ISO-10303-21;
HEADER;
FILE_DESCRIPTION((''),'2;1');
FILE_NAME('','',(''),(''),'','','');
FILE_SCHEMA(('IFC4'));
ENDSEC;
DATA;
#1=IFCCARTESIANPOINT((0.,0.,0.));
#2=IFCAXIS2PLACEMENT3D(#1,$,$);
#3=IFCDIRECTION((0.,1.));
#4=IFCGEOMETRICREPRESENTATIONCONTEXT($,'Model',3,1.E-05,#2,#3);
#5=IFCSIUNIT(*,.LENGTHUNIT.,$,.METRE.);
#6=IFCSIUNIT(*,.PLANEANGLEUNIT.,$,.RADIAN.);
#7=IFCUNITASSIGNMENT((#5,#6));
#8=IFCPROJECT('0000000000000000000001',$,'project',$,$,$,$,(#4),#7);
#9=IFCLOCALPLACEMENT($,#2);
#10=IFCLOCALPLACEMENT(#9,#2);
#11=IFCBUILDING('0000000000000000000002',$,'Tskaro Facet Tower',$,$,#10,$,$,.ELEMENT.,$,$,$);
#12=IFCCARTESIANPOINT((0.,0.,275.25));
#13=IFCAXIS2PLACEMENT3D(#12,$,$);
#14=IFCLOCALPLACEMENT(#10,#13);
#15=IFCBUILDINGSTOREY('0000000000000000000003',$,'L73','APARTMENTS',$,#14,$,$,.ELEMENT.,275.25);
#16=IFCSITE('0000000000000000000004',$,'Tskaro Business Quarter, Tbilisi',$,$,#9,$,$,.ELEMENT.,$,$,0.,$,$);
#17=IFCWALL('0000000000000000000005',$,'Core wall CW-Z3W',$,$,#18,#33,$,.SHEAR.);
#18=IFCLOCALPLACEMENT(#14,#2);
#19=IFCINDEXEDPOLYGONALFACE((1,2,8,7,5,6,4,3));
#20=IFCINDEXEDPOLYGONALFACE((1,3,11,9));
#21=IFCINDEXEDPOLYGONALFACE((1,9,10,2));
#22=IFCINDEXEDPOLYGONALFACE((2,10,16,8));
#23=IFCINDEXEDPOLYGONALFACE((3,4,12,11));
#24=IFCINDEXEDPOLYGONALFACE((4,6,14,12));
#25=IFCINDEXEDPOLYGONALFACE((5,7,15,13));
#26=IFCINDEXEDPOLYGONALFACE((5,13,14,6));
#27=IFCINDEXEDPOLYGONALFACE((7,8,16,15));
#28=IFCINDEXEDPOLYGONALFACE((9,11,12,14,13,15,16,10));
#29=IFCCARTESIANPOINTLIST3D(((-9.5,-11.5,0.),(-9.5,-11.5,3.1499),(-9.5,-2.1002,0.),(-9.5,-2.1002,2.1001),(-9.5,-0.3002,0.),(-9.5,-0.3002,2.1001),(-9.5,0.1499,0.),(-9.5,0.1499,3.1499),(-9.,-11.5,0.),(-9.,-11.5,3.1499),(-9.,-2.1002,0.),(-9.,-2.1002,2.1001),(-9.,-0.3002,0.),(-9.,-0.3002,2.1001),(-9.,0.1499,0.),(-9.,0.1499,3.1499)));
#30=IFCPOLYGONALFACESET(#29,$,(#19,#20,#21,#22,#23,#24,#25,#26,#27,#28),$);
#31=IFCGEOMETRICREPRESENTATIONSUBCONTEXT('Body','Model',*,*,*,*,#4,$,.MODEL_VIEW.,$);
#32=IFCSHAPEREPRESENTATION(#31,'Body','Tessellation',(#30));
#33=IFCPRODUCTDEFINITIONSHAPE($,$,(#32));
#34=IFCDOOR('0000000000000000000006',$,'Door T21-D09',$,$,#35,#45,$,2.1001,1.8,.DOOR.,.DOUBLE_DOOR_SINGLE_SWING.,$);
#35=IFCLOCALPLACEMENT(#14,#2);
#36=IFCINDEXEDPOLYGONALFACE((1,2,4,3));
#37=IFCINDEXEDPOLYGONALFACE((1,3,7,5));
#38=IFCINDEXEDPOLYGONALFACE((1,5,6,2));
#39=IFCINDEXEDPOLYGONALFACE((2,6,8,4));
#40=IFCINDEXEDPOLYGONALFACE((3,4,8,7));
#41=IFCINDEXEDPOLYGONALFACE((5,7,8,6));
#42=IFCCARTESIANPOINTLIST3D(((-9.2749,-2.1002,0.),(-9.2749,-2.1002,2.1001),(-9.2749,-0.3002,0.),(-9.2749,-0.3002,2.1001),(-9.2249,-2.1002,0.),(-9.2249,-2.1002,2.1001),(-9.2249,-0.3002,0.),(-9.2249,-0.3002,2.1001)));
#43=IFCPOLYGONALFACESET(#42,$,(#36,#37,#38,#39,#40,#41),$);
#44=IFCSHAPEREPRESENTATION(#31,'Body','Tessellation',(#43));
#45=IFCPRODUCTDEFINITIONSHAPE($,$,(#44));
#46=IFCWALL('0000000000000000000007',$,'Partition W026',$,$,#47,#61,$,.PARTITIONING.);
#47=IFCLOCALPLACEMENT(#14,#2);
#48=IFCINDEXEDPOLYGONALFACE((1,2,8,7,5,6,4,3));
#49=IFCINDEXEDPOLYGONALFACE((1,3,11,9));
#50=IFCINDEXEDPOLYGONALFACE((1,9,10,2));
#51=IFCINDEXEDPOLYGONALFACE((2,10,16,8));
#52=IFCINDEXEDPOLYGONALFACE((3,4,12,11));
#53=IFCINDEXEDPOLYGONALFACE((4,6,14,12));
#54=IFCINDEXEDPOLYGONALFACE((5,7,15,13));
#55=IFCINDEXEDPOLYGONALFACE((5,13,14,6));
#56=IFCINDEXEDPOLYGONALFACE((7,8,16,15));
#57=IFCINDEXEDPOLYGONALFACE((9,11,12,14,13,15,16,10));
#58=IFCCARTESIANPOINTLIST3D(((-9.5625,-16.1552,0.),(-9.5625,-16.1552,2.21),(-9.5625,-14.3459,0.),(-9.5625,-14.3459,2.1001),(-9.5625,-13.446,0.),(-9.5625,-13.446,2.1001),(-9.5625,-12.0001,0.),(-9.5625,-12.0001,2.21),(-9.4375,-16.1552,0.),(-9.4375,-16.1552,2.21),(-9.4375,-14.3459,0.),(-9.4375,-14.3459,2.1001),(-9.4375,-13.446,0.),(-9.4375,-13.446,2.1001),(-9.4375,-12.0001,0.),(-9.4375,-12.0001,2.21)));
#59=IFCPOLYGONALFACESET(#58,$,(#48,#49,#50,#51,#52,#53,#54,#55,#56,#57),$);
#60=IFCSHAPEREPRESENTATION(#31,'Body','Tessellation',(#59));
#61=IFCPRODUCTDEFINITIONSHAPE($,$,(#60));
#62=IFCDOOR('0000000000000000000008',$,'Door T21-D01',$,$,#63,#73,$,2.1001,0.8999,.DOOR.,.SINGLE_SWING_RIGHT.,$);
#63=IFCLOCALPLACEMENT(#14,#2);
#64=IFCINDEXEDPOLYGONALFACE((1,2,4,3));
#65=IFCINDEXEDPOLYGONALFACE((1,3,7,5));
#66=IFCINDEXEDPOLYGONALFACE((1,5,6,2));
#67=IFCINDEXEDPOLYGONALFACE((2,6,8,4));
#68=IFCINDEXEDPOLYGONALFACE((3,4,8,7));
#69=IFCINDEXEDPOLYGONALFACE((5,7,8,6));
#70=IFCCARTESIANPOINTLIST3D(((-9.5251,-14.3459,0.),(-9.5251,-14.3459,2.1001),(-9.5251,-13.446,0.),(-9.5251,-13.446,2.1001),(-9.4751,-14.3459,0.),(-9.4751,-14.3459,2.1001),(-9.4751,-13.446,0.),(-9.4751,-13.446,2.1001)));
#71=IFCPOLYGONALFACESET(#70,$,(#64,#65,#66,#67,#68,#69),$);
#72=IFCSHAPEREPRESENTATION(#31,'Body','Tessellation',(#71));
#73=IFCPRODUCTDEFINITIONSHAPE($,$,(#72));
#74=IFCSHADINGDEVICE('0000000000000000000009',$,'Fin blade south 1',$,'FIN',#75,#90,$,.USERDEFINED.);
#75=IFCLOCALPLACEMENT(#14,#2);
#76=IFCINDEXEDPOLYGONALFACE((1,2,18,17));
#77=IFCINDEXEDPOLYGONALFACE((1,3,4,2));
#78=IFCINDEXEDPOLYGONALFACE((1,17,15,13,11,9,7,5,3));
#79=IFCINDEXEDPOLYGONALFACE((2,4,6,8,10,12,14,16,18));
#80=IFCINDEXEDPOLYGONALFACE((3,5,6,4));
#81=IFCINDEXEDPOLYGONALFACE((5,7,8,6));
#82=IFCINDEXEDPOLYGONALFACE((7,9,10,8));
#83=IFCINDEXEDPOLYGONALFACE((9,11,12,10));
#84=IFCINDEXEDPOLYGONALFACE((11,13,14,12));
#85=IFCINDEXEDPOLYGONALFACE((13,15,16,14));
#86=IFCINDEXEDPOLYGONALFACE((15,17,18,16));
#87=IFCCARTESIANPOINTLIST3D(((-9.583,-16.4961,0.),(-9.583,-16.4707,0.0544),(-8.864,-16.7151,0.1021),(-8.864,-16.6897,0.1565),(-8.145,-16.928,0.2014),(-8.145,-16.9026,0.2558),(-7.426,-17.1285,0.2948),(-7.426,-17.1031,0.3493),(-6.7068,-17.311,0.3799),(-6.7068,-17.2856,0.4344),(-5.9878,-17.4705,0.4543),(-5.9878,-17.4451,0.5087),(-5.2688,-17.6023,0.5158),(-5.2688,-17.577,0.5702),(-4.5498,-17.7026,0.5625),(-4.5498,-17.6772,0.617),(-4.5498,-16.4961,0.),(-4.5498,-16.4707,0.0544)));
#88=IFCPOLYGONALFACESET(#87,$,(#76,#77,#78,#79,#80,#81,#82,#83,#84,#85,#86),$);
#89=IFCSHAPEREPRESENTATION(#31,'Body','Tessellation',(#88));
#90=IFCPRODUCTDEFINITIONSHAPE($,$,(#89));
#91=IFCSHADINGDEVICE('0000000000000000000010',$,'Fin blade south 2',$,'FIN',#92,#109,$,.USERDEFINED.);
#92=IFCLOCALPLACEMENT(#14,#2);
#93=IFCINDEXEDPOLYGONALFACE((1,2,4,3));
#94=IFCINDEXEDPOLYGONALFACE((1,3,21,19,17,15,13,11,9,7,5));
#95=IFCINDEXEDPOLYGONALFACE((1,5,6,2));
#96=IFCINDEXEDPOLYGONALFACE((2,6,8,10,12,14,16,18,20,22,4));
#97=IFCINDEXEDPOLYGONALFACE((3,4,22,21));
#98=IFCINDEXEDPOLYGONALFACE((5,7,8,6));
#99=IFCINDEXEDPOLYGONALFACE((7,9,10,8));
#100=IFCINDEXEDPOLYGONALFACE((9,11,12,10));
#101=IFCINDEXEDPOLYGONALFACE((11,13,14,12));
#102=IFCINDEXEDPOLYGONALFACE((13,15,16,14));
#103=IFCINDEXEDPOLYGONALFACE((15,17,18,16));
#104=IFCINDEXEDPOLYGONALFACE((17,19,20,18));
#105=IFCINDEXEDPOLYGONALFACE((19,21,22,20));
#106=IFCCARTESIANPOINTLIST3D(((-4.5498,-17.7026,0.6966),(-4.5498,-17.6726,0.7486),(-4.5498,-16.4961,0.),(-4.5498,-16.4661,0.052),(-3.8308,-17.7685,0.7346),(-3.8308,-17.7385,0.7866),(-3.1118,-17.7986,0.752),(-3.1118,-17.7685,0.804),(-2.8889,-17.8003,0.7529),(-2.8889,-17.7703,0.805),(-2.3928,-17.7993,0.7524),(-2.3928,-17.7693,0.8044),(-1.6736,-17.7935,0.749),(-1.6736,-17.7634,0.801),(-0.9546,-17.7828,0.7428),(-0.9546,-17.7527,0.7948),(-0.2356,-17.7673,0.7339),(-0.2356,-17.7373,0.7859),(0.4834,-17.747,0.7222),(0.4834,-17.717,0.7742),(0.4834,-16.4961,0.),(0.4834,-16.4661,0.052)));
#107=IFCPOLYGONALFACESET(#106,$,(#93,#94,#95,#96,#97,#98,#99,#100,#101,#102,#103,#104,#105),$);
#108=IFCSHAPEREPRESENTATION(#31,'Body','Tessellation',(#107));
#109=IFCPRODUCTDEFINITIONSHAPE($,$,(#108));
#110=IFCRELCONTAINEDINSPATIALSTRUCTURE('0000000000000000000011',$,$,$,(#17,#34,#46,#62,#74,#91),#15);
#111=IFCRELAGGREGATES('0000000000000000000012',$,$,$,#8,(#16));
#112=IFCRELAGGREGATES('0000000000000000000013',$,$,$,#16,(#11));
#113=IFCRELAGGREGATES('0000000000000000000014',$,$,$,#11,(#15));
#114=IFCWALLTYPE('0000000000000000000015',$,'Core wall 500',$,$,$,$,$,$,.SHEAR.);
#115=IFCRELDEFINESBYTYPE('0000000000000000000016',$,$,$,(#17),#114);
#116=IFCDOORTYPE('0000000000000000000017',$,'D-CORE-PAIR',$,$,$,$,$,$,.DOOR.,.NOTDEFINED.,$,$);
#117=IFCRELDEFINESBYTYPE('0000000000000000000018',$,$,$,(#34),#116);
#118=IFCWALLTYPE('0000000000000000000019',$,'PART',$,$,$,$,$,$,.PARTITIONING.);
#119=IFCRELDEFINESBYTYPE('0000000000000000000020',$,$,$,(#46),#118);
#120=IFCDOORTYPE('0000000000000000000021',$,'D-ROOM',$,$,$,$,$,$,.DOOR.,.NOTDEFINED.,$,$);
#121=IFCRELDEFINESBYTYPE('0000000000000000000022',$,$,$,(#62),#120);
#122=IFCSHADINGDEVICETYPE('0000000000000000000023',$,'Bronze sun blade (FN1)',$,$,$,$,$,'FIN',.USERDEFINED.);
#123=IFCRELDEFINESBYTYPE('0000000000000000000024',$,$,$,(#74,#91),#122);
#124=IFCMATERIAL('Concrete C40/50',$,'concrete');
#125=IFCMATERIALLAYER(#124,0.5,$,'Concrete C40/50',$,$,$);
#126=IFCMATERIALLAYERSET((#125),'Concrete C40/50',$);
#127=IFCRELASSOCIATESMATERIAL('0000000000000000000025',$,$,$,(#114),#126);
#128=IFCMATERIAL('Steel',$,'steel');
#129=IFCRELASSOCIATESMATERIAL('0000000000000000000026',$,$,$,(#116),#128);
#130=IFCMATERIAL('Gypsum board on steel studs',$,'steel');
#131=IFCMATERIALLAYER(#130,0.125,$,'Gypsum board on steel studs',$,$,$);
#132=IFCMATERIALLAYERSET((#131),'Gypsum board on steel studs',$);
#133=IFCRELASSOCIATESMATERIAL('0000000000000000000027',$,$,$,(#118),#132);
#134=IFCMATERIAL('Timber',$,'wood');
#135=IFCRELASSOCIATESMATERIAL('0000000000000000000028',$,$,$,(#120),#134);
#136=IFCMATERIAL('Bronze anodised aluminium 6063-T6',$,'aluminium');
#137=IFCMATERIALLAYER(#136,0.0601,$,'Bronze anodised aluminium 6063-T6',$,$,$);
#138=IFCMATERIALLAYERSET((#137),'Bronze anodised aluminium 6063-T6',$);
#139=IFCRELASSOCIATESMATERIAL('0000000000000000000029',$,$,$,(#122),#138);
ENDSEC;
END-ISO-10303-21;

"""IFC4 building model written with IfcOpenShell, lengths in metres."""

from ifc_helpers import new_model, si_unit, direction, frame, frame_2d, origin, place, context, subcontext, project, spatial, polyline, rectangle, outline, extrude, material, layer, layer_set, type_object, element, fill, save


model = new_model("IFC4")

# Units and contexts
model_context = context("Model", 3, precision=1e-05, world=origin(), true_north=direction((0.0, 1.0)))
body_context = subcontext(model_context, "Body", "Model", "MODEL_VIEW")
ifc_project = project(units=[si_unit("LENGTHUNIT", "METRE"), si_unit("PLANEANGLEUNIT", "RADIAN")], contexts=[model_context])

# Site, building, storey
site_placement = place(None, origin())
site = spatial("IfcSite", under=ifc_project, at=site_placement, Name="Tskaro Business Quarter, Tbilisi", CompositionType="ELEMENT", RefElevation=0.0)
building_placement = place(site_placement, origin())
building = spatial("IfcBuilding", under=site, at=building_placement, Name="Tskaro Facet Tower", CompositionType="ELEMENT")
storey_placement = place(building_placement, frame((0.0, 0.0, 275.25)))
storey = spatial("IfcBuildingStorey", under=building, at=storey_placement, Name="L73", Description="APARTMENTS", CompositionType="ELEMENT", Elevation=275.25)

# Shared definitions
ifc_material_1 = material(Name="Bronze anodised aluminium 6063-T6", Category="aluminium")

# Shared definitions
ifc_material_2 = material(Name="Steel", Category="steel")

# Shared definitions
ifc_material_3 = material(Name="Concrete C40/50", Category="concrete")
ifc_layer_1 = layer(ifc_material_3, 0.5, Name="Concrete C40/50")
ifc_layer_set_1 = layer_set([ifc_layer_1], Name="Concrete C40/50")
wall_type_1 = type_object("IfcWallType", Name="Core wall 500", PredefinedType="SHEAR", material=ifc_layer_set_1)

# Walls, openings, doors
wall_1_placement = place(storey_placement, frame((-9.25, -11.5, 0.0), z_axis=(0.0, 0.0, 1.0), x_axis=(0.0, 1.0, 0.0)))
wall_1 = element("IfcWall", 1, at=wall_1_placement, inside=storey, type_object=wall_type_1, Name="Core wall CW-Z3W", PredefinedType="SHEAR", context=body_context, shape_type="SweptSolid", body=[
    extrude(rectangle(XDim=11.6499, YDim=0.5, at=frame_2d((5.825, 0.0))), origin(), (0.0, 0.0, 1.0), 3.1499),
])
opening_1_placement = place(wall_1_placement, frame((9.3999, 0.0, 0.0)))
opening_1 = element("IfcOpeningElement", 2, at=opening_1_placement, cuts=wall_1, PredefinedType="OPENING", context=body_context, shape_type="SweptSolid", body=[
    extrude(rectangle(XDim=1.8, YDim=2.1001, at=frame_2d((0.8999, 1.05))), frame((0.0, 0.26, 0.0), z_axis=(0.0, -1.0, 0.0), x_axis=(1.0, 0.0, 0.0)), (0.0, 0.0, 1.0), 0.52),
])
door_type_1 = type_object("IfcDoorType", Name="D-CORE-PAIR", OperationType="NOTDEFINED", PredefinedType="DOOR", material=ifc_material_2)
door_1_placement = place(opening_1_placement, origin())
door_1 = element("IfcDoor", 3, at=door_1_placement, inside=storey, type_object=door_type_1, Name="Door T21-D09", OperationType="DOUBLE_DOOR_SINGLE_SWING", OverallHeight=2.1001, OverallWidth=1.8, PredefinedType="DOOR", context=body_context, shape_type="SweptSolid", body=[
    extrude(rectangle(XDim=1.8, YDim=2.1001, at=frame_2d((0.8999, 1.05))), frame((0.0, 0.0249, 0.0), z_axis=(0.0, -1.0, 0.0), x_axis=(1.0, 0.0, 0.0)), (0.0, 0.0, 1.0), 0.05),
])
fill(opening_1, door_1)
ifc_material_4 = material(Name="Gypsum board on steel studs", Category="steel")
ifc_layer_2 = layer(ifc_material_4, 0.125, Name="Gypsum board on steel studs")
ifc_layer_set_2 = layer_set([ifc_layer_2], Name="Gypsum board on steel studs")
wall_type_2 = type_object("IfcWallType", Name="PART", PredefinedType="PARTITIONING", material=ifc_layer_set_2)
wall_2_placement = place(storey_placement, frame((-9.5, -12.0, 0.0), z_axis=(0.0, 0.0, 1.0), x_axis=(0.0, -1.0, 0.0)))
wall_2 = element("IfcWall", 4, at=wall_2_placement, inside=storey, type_object=wall_type_2, Name="Partition W026", PredefinedType="PARTITIONING", context=body_context, shape_type="SweptSolid", body=[
    extrude(rectangle(XDim=4.155, YDim=0.125, at=frame_2d((2.0776, 0.0))), origin(), (0.0, 0.0, 1.0), 2.21),
])
opening_2_placement = place(wall_2_placement, frame((1.446, 0.0, 0.0)))
opening_2 = element("IfcOpeningElement", 5, at=opening_2_placement, cuts=wall_2, PredefinedType="OPENING", context=body_context, shape_type="SweptSolid", body=[
    extrude(rectangle(XDim=0.8999, YDim=2.1001, at=frame_2d((0.45, 1.05))), frame((0.0, 0.0725, 0.0), z_axis=(0.0, -1.0, 0.0), x_axis=(1.0, 0.0, 0.0)), (0.0, 0.0, 1.0), 0.145),
])
ifc_material_5 = material(Name="Timber", Category="wood")
door_type_2 = type_object("IfcDoorType", Name="D-ROOM", OperationType="NOTDEFINED", PredefinedType="DOOR", material=ifc_material_5)
door_2_placement = place(opening_2_placement, origin())
door_2 = element("IfcDoor", 6, at=door_2_placement, inside=storey, type_object=door_type_2, Name="Door T21-D01", OperationType="SINGLE_SWING_RIGHT", OverallHeight=2.1001, OverallWidth=0.8999, PredefinedType="DOOR", context=body_context, shape_type="SweptSolid", body=[
    extrude(rectangle(XDim=0.8999, YDim=2.1001, at=frame_2d((0.45, 1.05))), frame((0.0, 0.0249, 0.0), z_axis=(0.0, -1.0, 0.0), x_axis=(1.0, 0.0, 0.0)), (0.0, 0.0, 1.0), 0.05),
])
fill(opening_2, door_2)

# Shading devices
ifc_layer_3 = layer(ifc_material_1, 0.0601, Name="Bronze anodised aluminium 6063-T6")
ifc_layer_set_3 = layer_set([ifc_layer_3], Name="Bronze anodised aluminium 6063-T6")
shading_device_type = type_object("IfcShadingDeviceType", Name="Bronze sun blade (FN1)", ElementType="FIN", PredefinedType="USERDEFINED", material=ifc_layer_set_3)
shading_device_1_placement = place(storey_placement, frame((-9.583, -16.4707, 0.0544), z_axis=(0.000013, 0.422597, 0.906318), x_axis=(1.0, -0.000006, -0.000012)))
element("IfcShadingDevice", 7, at=shading_device_1_placement, inside=storey, type_object=shading_device_type, Name="Fin blade south 1", ObjectType="FIN", PredefinedType="USERDEFINED", context=body_context, shape_type="SweptSolid", body=[
    extrude(outline(polyline([(0.0, 0.0), (5.0332, 0.0), (5.0332, -1.3312), (4.3142, -1.2206), (3.5952, -1.0751), (2.8762, -0.8991), (2.157, -0.6977), (1.438, -0.4765), (0.719, -0.2416), (0.0, 0.0)])), origin(), (0.0, 0.0, -1.0), 0.0601),
])
shading_device_2_placement = place(storey_placement, frame((-4.5498, -16.4661, 0.052), z_axis=(0.000001, 0.499991, 0.866031), x_axis=(1.0, -0.000001, -0.000001)))
element("IfcShadingDevice", 8, at=shading_device_2_placement, inside=storey, type_object=shading_device_type, Name="Fin blade south 2", ObjectType="FIN", PredefinedType="USERDEFINED", context=body_context, shape_type="SweptSolid", body=[
    extrude(outline(polyline([(0.0, 0.0), (5.0332, 0.0), (5.0332, -1.4445), (4.3142, -1.4679), (3.5952, -1.4857), (2.8762, -1.4981), (2.157, -1.5048), (1.6609, -1.5059), (1.438, -1.504), (0.719, -1.4693), (0.0, -1.3932), (0.0, 0.0)])), origin(), (0.0, 0.0, -1.0), 0.0601),
])

save(model, "model.ifc")
